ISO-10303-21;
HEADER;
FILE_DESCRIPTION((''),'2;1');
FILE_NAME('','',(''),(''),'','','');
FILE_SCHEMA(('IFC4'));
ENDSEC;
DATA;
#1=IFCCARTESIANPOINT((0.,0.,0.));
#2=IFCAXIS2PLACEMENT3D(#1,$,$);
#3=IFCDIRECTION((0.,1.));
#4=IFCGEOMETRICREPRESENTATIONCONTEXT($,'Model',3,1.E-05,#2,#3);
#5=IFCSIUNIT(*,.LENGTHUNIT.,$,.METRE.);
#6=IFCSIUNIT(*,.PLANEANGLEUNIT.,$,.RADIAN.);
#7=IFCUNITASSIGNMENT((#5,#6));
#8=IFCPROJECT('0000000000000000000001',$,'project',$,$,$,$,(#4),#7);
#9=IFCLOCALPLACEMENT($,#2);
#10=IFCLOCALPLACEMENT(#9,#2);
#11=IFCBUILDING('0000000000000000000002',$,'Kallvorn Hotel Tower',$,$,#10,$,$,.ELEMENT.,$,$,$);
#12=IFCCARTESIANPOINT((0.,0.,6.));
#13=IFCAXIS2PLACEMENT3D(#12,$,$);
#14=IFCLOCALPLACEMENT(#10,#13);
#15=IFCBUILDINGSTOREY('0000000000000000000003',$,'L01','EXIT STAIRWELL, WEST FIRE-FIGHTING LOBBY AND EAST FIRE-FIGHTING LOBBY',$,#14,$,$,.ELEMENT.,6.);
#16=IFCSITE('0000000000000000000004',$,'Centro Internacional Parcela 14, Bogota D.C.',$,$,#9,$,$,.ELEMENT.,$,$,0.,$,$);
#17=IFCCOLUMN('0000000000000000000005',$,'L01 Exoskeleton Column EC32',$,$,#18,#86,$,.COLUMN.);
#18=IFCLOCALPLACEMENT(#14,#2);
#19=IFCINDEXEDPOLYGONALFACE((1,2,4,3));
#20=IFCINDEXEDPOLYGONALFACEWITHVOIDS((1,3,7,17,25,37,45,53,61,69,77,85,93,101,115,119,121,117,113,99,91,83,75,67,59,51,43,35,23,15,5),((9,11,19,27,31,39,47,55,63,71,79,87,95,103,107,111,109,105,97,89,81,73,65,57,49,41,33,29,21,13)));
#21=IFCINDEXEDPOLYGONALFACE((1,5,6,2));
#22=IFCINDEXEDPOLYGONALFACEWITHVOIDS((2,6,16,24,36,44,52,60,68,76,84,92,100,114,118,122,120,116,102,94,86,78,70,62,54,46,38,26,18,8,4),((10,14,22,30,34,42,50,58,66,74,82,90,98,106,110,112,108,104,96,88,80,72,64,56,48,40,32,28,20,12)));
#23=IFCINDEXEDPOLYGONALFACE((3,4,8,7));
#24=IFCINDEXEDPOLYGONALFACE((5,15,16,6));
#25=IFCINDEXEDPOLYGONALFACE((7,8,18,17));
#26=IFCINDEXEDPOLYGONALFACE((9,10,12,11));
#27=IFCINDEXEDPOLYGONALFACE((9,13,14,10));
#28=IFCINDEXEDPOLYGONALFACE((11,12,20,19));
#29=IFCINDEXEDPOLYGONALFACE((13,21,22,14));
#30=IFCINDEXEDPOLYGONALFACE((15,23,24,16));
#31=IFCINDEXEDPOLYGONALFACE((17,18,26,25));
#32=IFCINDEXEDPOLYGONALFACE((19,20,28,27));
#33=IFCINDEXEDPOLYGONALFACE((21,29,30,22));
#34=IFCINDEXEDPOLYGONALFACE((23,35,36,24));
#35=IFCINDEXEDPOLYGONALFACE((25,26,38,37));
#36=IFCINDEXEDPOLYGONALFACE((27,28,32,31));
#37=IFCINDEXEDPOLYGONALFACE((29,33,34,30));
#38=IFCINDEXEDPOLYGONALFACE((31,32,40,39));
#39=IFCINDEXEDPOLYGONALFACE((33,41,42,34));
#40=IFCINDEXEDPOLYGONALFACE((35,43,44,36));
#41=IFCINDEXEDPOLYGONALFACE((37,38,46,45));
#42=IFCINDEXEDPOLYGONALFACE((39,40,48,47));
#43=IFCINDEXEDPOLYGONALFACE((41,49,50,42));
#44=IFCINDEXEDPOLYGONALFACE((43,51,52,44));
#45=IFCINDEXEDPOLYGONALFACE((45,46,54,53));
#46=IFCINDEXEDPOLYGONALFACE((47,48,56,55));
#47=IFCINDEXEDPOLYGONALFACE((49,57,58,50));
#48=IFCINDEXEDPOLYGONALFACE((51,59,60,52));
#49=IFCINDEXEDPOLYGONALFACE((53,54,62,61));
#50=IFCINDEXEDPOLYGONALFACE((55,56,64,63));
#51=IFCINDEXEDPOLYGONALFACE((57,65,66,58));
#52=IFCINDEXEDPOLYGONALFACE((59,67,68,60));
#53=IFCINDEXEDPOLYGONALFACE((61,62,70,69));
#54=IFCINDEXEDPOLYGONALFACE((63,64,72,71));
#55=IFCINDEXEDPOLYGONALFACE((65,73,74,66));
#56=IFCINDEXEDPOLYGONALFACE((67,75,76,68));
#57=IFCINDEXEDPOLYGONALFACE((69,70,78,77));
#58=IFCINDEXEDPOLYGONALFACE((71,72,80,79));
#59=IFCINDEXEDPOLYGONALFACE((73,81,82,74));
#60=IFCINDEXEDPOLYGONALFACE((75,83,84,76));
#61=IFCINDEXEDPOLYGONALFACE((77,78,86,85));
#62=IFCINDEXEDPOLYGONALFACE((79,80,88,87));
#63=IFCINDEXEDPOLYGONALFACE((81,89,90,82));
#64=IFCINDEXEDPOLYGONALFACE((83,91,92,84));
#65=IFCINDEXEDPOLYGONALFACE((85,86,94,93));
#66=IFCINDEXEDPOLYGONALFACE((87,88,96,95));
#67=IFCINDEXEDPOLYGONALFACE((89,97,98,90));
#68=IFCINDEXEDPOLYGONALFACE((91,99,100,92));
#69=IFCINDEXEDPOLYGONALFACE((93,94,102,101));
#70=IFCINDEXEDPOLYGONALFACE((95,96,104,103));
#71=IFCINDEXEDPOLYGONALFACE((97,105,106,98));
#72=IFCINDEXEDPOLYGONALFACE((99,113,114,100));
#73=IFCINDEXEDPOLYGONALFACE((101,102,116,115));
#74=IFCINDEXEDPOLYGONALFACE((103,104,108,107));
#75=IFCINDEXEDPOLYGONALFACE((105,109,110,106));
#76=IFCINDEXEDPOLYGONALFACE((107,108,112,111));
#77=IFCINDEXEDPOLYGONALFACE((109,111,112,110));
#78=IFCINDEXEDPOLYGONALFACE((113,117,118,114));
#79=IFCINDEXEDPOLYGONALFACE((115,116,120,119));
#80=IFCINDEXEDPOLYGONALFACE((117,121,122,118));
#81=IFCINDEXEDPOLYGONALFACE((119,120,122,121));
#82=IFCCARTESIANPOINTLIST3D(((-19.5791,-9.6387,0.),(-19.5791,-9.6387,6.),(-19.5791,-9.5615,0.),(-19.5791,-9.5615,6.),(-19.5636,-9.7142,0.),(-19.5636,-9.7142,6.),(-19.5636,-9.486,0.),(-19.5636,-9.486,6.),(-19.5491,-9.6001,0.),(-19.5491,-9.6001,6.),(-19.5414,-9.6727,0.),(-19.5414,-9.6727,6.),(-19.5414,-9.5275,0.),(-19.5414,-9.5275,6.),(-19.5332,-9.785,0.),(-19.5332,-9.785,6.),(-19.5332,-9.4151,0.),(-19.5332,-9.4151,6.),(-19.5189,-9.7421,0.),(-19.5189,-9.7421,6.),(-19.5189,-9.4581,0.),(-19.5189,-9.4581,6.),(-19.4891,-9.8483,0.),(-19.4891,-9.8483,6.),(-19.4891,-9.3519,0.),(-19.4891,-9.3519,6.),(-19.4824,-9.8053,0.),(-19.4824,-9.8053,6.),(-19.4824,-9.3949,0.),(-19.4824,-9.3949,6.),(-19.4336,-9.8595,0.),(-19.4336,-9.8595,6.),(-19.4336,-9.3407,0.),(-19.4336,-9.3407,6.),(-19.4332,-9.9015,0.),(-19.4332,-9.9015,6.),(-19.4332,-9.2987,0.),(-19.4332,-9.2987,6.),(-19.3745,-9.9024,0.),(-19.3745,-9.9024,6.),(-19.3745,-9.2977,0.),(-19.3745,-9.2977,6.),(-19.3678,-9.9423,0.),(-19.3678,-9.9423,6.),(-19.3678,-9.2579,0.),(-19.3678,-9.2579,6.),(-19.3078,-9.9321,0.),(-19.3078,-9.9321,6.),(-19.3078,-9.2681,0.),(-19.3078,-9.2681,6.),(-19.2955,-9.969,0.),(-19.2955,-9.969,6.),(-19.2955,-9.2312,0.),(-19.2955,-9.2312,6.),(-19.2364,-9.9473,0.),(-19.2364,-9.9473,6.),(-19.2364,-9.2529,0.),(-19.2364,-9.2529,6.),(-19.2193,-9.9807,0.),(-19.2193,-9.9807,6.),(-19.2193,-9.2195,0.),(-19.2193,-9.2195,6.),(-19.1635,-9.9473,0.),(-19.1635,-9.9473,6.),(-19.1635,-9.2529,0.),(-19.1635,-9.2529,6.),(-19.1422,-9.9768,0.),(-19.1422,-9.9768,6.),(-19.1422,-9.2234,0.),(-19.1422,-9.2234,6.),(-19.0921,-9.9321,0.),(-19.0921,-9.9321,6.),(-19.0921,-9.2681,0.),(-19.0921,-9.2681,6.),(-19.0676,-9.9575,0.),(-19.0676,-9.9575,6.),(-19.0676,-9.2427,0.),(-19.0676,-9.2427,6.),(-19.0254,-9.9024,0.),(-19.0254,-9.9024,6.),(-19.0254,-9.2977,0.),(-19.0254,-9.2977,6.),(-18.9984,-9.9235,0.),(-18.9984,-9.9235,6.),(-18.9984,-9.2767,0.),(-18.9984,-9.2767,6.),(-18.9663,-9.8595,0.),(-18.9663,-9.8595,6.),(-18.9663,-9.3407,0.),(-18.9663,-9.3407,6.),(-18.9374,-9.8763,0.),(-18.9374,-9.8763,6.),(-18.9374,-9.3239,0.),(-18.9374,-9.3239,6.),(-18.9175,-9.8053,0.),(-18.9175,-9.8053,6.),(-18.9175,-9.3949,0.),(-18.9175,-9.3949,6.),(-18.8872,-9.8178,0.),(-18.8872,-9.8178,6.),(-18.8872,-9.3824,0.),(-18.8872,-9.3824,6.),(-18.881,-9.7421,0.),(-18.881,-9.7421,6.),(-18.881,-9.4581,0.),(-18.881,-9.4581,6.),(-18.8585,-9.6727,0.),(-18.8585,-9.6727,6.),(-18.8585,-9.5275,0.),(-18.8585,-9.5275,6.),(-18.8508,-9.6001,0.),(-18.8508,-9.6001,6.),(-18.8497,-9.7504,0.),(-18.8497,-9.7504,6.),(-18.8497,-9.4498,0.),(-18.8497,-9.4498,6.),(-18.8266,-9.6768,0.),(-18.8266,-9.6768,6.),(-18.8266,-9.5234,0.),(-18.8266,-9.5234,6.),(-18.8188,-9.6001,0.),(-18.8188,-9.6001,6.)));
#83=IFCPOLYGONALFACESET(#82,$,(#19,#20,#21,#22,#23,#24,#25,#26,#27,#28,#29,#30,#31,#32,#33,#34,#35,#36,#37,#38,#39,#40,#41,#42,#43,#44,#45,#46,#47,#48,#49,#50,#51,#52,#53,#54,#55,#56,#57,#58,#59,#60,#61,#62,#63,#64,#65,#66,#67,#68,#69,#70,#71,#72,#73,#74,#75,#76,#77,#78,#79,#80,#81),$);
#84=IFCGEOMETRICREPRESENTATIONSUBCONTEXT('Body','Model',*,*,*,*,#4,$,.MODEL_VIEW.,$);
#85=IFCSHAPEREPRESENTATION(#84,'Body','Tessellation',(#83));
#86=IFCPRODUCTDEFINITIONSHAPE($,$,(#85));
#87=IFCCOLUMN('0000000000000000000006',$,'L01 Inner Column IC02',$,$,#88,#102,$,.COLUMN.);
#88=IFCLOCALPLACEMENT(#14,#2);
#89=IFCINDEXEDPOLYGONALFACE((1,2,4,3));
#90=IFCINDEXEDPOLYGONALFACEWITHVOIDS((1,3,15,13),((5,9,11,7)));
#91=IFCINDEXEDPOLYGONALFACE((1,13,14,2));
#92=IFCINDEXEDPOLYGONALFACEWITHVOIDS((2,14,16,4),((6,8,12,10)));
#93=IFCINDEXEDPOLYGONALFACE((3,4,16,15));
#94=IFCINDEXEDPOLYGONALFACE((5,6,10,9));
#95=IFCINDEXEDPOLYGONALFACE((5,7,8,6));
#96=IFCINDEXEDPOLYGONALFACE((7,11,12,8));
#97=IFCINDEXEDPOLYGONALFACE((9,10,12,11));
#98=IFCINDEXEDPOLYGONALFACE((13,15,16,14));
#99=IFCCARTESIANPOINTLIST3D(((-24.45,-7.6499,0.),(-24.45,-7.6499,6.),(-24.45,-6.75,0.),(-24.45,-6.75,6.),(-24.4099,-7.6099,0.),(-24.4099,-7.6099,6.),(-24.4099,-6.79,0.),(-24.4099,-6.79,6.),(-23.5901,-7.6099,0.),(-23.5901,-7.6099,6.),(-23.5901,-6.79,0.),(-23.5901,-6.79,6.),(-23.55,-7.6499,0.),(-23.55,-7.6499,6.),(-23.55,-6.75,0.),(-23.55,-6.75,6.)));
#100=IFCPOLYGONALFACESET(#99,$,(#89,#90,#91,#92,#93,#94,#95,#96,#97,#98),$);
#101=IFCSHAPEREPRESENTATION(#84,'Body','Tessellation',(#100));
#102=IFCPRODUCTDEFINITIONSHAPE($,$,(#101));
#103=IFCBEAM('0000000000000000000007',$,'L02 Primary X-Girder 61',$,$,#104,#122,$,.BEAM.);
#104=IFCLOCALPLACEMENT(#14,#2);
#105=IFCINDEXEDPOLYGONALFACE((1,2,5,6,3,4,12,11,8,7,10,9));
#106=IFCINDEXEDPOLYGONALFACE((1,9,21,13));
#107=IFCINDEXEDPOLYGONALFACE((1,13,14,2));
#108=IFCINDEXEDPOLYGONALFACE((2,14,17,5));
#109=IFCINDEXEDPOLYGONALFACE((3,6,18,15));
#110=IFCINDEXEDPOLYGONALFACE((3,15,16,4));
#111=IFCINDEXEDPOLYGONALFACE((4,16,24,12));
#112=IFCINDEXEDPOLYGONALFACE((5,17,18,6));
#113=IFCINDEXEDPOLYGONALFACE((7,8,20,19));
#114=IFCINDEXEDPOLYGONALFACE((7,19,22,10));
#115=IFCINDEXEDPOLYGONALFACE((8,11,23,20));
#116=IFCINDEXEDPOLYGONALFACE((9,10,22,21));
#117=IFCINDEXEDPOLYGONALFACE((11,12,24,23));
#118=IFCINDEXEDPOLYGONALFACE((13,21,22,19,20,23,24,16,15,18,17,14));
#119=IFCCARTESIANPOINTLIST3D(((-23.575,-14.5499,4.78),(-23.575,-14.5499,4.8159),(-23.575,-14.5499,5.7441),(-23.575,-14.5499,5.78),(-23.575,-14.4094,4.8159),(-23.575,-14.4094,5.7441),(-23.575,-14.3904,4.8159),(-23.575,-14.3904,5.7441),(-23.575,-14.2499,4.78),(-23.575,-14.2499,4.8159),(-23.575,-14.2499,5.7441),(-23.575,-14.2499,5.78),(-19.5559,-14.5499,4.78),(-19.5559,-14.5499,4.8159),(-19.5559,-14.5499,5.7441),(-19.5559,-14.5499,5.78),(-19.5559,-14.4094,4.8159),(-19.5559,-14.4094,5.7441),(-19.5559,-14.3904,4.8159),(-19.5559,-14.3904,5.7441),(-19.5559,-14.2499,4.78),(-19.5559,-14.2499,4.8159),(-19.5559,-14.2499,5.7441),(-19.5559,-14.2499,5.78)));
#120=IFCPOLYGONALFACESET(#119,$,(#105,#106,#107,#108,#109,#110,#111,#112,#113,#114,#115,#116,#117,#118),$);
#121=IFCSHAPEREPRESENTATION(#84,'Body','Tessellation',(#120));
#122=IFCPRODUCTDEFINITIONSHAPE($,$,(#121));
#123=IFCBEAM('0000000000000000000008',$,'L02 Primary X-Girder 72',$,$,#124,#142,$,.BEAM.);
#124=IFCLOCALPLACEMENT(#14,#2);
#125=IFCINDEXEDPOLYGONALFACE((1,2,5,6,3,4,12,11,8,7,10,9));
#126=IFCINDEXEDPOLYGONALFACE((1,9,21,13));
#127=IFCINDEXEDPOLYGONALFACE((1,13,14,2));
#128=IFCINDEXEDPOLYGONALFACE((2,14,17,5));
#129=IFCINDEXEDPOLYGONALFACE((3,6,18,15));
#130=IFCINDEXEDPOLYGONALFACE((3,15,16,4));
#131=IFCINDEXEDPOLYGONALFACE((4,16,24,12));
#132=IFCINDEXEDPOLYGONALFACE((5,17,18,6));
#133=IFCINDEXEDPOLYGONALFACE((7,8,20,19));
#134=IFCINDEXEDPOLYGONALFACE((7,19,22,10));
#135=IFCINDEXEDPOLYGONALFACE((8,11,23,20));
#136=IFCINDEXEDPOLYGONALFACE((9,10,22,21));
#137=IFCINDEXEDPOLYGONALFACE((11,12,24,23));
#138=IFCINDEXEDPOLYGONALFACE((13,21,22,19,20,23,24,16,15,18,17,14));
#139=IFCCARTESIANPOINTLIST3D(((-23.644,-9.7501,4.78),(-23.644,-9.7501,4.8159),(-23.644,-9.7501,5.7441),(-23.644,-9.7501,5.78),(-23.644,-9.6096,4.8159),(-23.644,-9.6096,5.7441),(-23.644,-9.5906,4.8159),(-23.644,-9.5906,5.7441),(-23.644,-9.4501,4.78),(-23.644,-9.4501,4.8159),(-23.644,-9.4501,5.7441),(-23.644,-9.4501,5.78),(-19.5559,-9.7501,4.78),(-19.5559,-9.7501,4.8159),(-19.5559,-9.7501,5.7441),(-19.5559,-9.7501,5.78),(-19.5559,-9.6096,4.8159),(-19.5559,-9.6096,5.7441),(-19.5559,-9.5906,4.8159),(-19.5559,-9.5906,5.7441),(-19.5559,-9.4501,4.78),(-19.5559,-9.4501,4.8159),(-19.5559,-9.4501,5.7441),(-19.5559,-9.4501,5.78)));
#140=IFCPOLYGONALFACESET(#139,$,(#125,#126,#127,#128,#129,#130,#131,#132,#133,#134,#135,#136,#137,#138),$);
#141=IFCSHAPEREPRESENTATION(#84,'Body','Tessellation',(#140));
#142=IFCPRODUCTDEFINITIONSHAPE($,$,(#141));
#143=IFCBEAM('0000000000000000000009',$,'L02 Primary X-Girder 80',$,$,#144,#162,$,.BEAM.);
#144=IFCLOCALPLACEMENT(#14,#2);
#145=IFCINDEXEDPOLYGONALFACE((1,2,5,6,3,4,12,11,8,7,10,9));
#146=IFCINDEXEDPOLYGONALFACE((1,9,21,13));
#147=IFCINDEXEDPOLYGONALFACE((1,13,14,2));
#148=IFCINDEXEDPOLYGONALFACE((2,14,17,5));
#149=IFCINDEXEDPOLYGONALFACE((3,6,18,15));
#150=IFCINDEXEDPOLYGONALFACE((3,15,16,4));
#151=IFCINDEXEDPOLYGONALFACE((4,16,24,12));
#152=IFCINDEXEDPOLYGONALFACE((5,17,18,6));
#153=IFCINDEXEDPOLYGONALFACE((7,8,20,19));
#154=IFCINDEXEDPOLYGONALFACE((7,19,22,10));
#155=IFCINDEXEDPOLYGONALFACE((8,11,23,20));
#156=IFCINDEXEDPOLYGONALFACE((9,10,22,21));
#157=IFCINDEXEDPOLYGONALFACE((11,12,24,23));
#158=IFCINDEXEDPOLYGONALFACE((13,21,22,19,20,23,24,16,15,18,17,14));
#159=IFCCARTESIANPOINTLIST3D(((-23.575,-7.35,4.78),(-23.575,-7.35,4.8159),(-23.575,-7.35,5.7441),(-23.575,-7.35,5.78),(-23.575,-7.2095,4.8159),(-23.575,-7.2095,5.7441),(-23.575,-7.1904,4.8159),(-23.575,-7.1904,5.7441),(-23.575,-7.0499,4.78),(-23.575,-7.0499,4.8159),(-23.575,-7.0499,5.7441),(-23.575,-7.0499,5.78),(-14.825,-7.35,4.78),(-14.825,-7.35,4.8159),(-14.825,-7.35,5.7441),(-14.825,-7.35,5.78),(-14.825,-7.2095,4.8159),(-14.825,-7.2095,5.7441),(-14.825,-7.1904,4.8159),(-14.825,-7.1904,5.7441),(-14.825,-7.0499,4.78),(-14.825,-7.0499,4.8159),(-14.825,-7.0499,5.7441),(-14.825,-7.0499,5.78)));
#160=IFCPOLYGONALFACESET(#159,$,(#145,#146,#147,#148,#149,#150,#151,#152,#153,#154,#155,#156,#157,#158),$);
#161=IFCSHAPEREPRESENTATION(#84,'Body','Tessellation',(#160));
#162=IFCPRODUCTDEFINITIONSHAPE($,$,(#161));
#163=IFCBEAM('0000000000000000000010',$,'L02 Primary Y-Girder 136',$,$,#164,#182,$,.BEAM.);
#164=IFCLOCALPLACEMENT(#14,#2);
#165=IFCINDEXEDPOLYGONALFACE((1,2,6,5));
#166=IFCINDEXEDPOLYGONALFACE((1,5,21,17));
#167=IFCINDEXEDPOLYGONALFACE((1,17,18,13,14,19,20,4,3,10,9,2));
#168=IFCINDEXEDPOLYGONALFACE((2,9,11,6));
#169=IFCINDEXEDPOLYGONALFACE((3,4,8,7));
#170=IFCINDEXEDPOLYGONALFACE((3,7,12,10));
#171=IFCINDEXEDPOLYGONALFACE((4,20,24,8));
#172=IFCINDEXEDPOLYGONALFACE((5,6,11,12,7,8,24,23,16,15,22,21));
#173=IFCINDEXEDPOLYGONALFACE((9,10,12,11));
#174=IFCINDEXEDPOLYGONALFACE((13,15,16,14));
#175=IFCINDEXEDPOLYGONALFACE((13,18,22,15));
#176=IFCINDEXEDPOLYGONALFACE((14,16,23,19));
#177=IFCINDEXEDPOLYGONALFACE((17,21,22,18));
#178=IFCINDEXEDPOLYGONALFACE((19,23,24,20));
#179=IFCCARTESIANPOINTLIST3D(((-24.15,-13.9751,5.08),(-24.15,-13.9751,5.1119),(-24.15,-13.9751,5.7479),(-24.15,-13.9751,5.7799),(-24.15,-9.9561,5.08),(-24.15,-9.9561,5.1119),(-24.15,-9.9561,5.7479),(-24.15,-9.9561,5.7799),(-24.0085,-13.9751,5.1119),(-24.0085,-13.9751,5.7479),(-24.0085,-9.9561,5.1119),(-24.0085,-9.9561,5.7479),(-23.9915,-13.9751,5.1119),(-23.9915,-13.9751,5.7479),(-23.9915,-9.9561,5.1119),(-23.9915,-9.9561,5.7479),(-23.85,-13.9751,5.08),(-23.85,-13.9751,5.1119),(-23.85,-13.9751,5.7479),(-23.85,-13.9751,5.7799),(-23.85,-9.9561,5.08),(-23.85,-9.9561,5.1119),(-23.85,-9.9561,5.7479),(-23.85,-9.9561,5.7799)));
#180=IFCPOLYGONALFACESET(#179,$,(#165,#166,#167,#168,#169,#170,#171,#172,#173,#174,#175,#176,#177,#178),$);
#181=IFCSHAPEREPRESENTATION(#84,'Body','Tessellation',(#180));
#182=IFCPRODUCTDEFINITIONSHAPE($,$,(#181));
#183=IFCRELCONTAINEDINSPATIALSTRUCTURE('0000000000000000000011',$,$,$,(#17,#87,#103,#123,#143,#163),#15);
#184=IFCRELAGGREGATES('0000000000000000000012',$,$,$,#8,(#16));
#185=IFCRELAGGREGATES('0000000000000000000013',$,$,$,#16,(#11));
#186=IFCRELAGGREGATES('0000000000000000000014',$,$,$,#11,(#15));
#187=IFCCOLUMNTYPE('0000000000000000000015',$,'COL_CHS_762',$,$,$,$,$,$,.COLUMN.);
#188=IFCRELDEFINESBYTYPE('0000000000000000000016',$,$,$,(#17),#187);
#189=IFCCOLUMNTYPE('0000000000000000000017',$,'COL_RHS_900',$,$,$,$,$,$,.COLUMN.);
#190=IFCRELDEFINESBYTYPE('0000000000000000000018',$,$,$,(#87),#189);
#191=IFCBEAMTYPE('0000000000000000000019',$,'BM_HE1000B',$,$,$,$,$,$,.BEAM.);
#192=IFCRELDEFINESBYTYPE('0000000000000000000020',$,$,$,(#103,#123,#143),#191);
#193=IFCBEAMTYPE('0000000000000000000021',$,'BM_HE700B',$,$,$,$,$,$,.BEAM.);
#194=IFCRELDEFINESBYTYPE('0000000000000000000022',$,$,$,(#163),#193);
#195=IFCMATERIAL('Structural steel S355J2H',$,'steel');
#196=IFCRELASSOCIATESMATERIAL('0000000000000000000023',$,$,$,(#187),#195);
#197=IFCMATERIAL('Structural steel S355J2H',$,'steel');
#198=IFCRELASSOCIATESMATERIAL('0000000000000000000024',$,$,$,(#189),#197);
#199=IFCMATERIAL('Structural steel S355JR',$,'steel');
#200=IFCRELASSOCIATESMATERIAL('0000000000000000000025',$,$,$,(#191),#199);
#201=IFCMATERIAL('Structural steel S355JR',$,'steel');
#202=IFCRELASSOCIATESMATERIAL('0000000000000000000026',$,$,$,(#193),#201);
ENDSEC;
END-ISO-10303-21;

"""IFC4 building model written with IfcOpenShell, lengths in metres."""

from ifc_helpers import new_model, si_unit, direction, frame, origin, origin_2d, place, context, subcontext, project, spatial, hollow_rectangle, hollow_circle, i_section, extrude, material, material_profile, profile_set, type_object, element, save


model = new_model("IFC4")

# Units and contexts
model_context = context("Model", 3, precision=1e-05, world=origin(), true_north=direction((0.0, 1.0)))
body_context = subcontext(model_context, "Body", "Model", "MODEL_VIEW")
ifc_project = project(units=[si_unit("LENGTHUNIT", "METRE"), si_unit("PLANEANGLEUNIT", "RADIAN")], contexts=[model_context])

# Site, building, storey
site_placement = place(None, origin())
site = spatial("IfcSite", under=ifc_project, at=site_placement, Name="Centro Internacional Parcela 14, Bogota D.C.", CompositionType="ELEMENT", RefElevation=0.0)
building_placement = place(site_placement, origin())
building = spatial("IfcBuilding", under=site, at=building_placement, Name="Kallvorn Hotel Tower", CompositionType="ELEMENT")
storey_placement = place(building_placement, frame((0.0, 0.0, 6.0)))
storey = spatial("IfcBuildingStorey", under=building, at=storey_placement, Name="L01", Description="EXIT STAIRWELL, WEST FIRE-FIGHTING LOBBY AND EAST FIRE-FIGHTING LOBBY", CompositionType="ELEMENT", Elevation=6.0)

# Columns
ifc_material_1 = material(Name="Structural steel S355J2H", Category="steel")
ifc_material_profile_1 = material_profile(ifc_material_1, hollow_circle(Radius=0.3811, WallThickness=0.032, at=origin_2d()), Name="CHS 762x32")
ifc_profile_set_1 = profile_set([ifc_material_profile_1], Name="Structural steel S355J2H")
column_type_1 = type_object("IfcColumnType", Name="COL_CHS_762", PredefinedType="COLUMN", material=ifc_profile_set_1)
for number, where, z_axis, x_axis, name in (
    (1, (-19.2, -9.6001, 0.0), (0.0, 0.0, 1.0), (1.0, 0.0, 0.0), "L01 Exoskeleton Column EC32"),
):
    element("IfcColumn", number, at=place(storey_placement, frame(where, z_axis=z_axis, x_axis=x_axis)), inside=storey, type_object=column_type_1, Name=name, PredefinedType="COLUMN", context=body_context, shape_type="SweptSolid", body=[
        extrude(hollow_circle(Radius=0.3811, WallThickness=0.032, at=origin_2d()), origin(), (0.0, 0.0, 1.0), 6.0),
    ])
ifc_material_2 = material(Name="Structural steel S355J2H", Category="steel")
ifc_material_profile_2 = material_profile(ifc_material_2, hollow_rectangle(XDim=0.8999, YDim=0.8999, WallThickness=0.04, at=origin_2d()), Name="RHS 900x900x40")
ifc_profile_set_2 = profile_set([ifc_material_profile_2], Name="Structural steel S355J2H")
column_type_2 = type_object("IfcColumnType", Name="COL_RHS_900", PredefinedType="COLUMN", material=ifc_profile_set_2)
column_placement = place(storey_placement, frame((-24.0, -7.2, 0.0), z_axis=(0.0, 0.0, 1.0), x_axis=(1.0, 0.0, 0.0)))
element("IfcColumn", 2, at=column_placement, inside=storey, type_object=column_type_2, Name="L01 Inner Column IC02", PredefinedType="COLUMN", context=body_context, shape_type="SweptSolid", body=[
    extrude(hollow_rectangle(XDim=0.8999, YDim=0.8999, WallThickness=0.04, at=origin_2d()), origin(), (0.0, 0.0, 1.0), 6.0),
])

# Beams
ifc_material_3 = material(Name="Structural steel S355JR", Category="steel")
ifc_material_profile_3 = material_profile(ifc_material_3, i_section(OverallWidth=0.3, OverallDepth=1.0, WebThickness=0.019, FlangeThickness=0.0359, at=origin_2d()), Name="HE 1000 B")
ifc_profile_set_3 = profile_set([ifc_material_profile_3], Name="Structural steel S355JR")
beam_type_1 = type_object("IfcBeamType", Name="BM_HE1000B", PredefinedType="BEAM", material=ifc_profile_set_3)
beam_1_placement = place(storey_placement, frame((-23.575, -14.3999, 5.28), z_axis=(1.0, 0.0, 0.0), x_axis=(0.0, 1.0, 0.0)))
element("IfcBeam", 3, at=beam_1_placement, inside=storey, type_object=beam_type_1, Name="L02 Primary X-Girder 61", PredefinedType="BEAM", context=body_context, shape_type="SweptSolid", body=[
    extrude(i_section(OverallWidth=0.3, OverallDepth=1.0, WebThickness=0.019, FlangeThickness=0.0359, at=origin_2d()), origin(), (0.0, 0.0, 1.0), 4.019),
])
beam_2_placement = place(storey_placement, frame((-23.644, -9.6001, 5.28), z_axis=(1.0, 0.0, 0.0), x_axis=(0.0, 1.0, 0.0)))
element("IfcBeam", 4, at=beam_2_placement, inside=storey, type_object=beam_type_1, Name="L02 Primary X-Girder 72", PredefinedType="BEAM", context=body_context, shape_type="SweptSolid", body=[
    extrude(i_section(OverallWidth=0.3, OverallDepth=1.0, WebThickness=0.019, FlangeThickness=0.0359, at=origin_2d()), origin(), (0.0, 0.0, 1.0), 4.0881),
])
beam_3_placement = place(storey_placement, frame((-23.575, -7.2, 5.28), z_axis=(1.0, 0.0, 0.0), x_axis=(0.0, 1.0, 0.0)))
element("IfcBeam", 5, at=beam_3_placement, inside=storey, type_object=beam_type_1, Name="L02 Primary X-Girder 80", PredefinedType="BEAM", context=body_context, shape_type="SweptSolid", body=[
    extrude(i_section(OverallWidth=0.3, OverallDepth=1.0, WebThickness=0.019, FlangeThickness=0.0359, at=origin_2d()), origin(), (0.0, 0.0, 1.0), 8.75),
])
ifc_material_4 = material(Name="Structural steel S355JR", Category="steel")
ifc_material_profile_4 = material_profile(ifc_material_4, i_section(OverallWidth=0.3, OverallDepth=0.7, WebThickness=0.0171, FlangeThickness=0.032, at=origin_2d()), Name="HE 700 B")
ifc_profile_set_4 = profile_set([ifc_material_profile_4], Name="Structural steel S355JR")
beam_type_2 = type_object("IfcBeamType", Name="BM_HE700B", PredefinedType="BEAM", material=ifc_profile_set_4)
beam_4_placement = place(storey_placement, frame((-24.0, -13.9751, 5.4299), z_axis=(0.0, 1.0, 0.0), x_axis=(-1.0, 0.0, 0.0)))
element("IfcBeam", 6, at=beam_4_placement, inside=storey, type_object=beam_type_2, Name="L02 Primary Y-Girder 136", PredefinedType="BEAM", context=body_context, shape_type="SweptSolid", body=[
    extrude(i_section(OverallWidth=0.3, OverallDepth=0.7, WebThickness=0.0171, FlangeThickness=0.032, at=origin_2d()), origin(), (0.0, 0.0, 1.0), 4.019),
])

save(model, "model.ifc")
